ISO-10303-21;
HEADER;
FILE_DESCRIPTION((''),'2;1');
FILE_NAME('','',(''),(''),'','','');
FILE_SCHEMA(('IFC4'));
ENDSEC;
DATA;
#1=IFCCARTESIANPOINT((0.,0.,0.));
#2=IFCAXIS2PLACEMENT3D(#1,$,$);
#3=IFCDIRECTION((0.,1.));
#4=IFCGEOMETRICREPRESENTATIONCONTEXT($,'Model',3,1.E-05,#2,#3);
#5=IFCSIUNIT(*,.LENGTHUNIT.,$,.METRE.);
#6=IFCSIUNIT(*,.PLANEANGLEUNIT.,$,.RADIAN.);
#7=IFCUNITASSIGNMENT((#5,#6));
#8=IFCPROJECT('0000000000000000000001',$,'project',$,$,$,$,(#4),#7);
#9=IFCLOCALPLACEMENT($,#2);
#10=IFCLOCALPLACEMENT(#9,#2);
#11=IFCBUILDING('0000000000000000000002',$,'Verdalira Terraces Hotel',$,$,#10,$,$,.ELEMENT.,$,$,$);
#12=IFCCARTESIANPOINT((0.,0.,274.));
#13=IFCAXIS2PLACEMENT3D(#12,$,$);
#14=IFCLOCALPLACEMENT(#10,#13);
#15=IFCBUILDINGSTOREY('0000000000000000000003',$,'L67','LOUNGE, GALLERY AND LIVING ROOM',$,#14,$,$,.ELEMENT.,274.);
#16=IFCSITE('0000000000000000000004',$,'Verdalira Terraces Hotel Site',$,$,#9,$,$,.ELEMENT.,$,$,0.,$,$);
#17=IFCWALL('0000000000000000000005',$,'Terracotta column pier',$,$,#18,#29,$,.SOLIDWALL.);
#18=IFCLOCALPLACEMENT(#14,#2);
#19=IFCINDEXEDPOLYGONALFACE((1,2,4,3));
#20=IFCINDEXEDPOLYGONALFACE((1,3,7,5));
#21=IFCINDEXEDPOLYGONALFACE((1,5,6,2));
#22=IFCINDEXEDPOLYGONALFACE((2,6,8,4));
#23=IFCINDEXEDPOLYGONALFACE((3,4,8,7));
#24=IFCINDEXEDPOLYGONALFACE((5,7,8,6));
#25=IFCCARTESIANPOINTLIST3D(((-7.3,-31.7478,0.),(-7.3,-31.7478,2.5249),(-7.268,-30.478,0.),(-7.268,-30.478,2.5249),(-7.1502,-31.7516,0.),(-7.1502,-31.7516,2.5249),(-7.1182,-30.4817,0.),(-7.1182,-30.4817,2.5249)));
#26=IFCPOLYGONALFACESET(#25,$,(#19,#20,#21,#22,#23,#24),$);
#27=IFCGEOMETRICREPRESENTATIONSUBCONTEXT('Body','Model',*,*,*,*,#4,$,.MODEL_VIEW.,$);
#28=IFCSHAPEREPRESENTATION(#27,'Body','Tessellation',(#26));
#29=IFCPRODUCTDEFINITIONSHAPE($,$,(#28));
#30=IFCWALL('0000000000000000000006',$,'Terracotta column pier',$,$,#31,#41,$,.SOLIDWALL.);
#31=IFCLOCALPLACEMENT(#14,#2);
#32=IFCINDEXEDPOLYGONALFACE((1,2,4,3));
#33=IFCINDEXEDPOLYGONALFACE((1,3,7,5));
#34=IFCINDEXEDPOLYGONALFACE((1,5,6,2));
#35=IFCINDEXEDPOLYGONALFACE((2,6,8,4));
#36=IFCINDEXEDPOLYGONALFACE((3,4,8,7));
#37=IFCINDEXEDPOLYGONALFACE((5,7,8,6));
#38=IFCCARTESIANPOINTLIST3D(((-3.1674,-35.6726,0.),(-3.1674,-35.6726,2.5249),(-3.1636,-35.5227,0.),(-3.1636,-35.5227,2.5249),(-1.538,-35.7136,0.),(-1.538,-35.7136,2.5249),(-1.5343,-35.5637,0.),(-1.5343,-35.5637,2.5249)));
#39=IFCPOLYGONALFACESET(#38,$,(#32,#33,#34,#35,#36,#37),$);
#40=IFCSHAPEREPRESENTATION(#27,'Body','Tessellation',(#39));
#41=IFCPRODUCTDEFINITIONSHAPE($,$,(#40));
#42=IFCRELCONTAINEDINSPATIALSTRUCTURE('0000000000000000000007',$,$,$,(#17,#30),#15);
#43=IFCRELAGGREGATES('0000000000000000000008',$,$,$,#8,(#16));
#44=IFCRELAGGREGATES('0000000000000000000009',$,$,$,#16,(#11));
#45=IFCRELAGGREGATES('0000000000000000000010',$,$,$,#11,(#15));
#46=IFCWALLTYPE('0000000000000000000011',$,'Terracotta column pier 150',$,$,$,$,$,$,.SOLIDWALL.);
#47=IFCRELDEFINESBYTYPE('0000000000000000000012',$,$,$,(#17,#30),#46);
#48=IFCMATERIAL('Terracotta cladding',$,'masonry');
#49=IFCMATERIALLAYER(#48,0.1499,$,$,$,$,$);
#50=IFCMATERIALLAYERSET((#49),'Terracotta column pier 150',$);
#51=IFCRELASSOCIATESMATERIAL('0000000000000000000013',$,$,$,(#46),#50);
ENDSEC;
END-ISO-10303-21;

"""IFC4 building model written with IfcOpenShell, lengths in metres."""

from ifc_helpers import new_model, si_unit, direction, frame, frame_2d, origin, place, context, subcontext, project, spatial, rectangle, extrude, material, layer, layer_set, type_object, element, save


model = new_model("IFC4")

# Units and contexts
model_context = context("Model", 3, precision=1e-05, world=origin(), true_north=direction((0.0, 1.0)))
body_context = subcontext(model_context, "Body", "Model", "MODEL_VIEW")
ifc_project = project(units=[si_unit("LENGTHUNIT", "METRE"), si_unit("PLANEANGLEUNIT", "RADIAN")], contexts=[model_context])

# Site, building, storey
site_placement = place(None, origin())
site = spatial("IfcSite", under=ifc_project, at=site_placement, Name="Verdalira Terraces Hotel Site", CompositionType="ELEMENT", RefElevation=0.0)
building_placement = place(site_placement, origin())
building = spatial("IfcBuilding", under=site, at=building_placement, Name="Verdalira Terraces Hotel", CompositionType="ELEMENT")
storey_placement = place(building_placement, frame((0.0, 0.0, 274.0)))
storey = spatial("IfcBuildingStorey", under=building, at=storey_placement, Name="L67", Description="LOUNGE, GALLERY AND LIVING ROOM", CompositionType="ELEMENT", Elevation=274.0)

# Walls
ifc_material_1 = material(Name="Terracotta cladding", Category="masonry")
ifc_layer_1 = layer(ifc_material_1, 0.1499)
ifc_layer_set_1 = layer_set([ifc_layer_1], Name="Terracotta column pier 150")
wall_type_1 = type_object("IfcWallType", Name="Terracotta column pier 150", PredefinedType="SOLIDWALL", material=ifc_layer_set_1)
wall_1_placement = place(storey_placement, frame((-7.1931, -30.4797, 0.0), z_axis=(0.0, 0.0, 1.0), x_axis=(-0.025179, -0.999683, 0.0)))
element("IfcWall", 1, at=wall_1_placement, inside=storey, type_object=wall_type_1, Name="Terracotta column pier", PredefinedType="SOLIDWALL", context=body_context, shape_type="SweptSolid", body=[
    extrude(rectangle(XDim=1.2703, YDim=0.1499, at=frame_2d((0.6353, 0.0))), origin(), (0.0, 0.0, 1.0), 2.5249),
])
wall_2_placement = place(storey_placement, frame((-3.1655, -35.5977, 0.0), z_axis=(0.0, 0.0, 1.0), x_axis=(0.999683, -0.025164, 0.0)))
element("IfcWall", 2, at=wall_2_placement, inside=storey, type_object=wall_type_1, Name="Terracotta column pier", PredefinedType="SOLIDWALL", context=body_context, shape_type="SweptSolid", body=[
    extrude(rectangle(XDim=1.6299, YDim=0.1499, at=frame_2d((0.8149, 0.0))), origin(), (0.0, 0.0, 1.0), 2.5249),
])

save(model, "model.ifc")
